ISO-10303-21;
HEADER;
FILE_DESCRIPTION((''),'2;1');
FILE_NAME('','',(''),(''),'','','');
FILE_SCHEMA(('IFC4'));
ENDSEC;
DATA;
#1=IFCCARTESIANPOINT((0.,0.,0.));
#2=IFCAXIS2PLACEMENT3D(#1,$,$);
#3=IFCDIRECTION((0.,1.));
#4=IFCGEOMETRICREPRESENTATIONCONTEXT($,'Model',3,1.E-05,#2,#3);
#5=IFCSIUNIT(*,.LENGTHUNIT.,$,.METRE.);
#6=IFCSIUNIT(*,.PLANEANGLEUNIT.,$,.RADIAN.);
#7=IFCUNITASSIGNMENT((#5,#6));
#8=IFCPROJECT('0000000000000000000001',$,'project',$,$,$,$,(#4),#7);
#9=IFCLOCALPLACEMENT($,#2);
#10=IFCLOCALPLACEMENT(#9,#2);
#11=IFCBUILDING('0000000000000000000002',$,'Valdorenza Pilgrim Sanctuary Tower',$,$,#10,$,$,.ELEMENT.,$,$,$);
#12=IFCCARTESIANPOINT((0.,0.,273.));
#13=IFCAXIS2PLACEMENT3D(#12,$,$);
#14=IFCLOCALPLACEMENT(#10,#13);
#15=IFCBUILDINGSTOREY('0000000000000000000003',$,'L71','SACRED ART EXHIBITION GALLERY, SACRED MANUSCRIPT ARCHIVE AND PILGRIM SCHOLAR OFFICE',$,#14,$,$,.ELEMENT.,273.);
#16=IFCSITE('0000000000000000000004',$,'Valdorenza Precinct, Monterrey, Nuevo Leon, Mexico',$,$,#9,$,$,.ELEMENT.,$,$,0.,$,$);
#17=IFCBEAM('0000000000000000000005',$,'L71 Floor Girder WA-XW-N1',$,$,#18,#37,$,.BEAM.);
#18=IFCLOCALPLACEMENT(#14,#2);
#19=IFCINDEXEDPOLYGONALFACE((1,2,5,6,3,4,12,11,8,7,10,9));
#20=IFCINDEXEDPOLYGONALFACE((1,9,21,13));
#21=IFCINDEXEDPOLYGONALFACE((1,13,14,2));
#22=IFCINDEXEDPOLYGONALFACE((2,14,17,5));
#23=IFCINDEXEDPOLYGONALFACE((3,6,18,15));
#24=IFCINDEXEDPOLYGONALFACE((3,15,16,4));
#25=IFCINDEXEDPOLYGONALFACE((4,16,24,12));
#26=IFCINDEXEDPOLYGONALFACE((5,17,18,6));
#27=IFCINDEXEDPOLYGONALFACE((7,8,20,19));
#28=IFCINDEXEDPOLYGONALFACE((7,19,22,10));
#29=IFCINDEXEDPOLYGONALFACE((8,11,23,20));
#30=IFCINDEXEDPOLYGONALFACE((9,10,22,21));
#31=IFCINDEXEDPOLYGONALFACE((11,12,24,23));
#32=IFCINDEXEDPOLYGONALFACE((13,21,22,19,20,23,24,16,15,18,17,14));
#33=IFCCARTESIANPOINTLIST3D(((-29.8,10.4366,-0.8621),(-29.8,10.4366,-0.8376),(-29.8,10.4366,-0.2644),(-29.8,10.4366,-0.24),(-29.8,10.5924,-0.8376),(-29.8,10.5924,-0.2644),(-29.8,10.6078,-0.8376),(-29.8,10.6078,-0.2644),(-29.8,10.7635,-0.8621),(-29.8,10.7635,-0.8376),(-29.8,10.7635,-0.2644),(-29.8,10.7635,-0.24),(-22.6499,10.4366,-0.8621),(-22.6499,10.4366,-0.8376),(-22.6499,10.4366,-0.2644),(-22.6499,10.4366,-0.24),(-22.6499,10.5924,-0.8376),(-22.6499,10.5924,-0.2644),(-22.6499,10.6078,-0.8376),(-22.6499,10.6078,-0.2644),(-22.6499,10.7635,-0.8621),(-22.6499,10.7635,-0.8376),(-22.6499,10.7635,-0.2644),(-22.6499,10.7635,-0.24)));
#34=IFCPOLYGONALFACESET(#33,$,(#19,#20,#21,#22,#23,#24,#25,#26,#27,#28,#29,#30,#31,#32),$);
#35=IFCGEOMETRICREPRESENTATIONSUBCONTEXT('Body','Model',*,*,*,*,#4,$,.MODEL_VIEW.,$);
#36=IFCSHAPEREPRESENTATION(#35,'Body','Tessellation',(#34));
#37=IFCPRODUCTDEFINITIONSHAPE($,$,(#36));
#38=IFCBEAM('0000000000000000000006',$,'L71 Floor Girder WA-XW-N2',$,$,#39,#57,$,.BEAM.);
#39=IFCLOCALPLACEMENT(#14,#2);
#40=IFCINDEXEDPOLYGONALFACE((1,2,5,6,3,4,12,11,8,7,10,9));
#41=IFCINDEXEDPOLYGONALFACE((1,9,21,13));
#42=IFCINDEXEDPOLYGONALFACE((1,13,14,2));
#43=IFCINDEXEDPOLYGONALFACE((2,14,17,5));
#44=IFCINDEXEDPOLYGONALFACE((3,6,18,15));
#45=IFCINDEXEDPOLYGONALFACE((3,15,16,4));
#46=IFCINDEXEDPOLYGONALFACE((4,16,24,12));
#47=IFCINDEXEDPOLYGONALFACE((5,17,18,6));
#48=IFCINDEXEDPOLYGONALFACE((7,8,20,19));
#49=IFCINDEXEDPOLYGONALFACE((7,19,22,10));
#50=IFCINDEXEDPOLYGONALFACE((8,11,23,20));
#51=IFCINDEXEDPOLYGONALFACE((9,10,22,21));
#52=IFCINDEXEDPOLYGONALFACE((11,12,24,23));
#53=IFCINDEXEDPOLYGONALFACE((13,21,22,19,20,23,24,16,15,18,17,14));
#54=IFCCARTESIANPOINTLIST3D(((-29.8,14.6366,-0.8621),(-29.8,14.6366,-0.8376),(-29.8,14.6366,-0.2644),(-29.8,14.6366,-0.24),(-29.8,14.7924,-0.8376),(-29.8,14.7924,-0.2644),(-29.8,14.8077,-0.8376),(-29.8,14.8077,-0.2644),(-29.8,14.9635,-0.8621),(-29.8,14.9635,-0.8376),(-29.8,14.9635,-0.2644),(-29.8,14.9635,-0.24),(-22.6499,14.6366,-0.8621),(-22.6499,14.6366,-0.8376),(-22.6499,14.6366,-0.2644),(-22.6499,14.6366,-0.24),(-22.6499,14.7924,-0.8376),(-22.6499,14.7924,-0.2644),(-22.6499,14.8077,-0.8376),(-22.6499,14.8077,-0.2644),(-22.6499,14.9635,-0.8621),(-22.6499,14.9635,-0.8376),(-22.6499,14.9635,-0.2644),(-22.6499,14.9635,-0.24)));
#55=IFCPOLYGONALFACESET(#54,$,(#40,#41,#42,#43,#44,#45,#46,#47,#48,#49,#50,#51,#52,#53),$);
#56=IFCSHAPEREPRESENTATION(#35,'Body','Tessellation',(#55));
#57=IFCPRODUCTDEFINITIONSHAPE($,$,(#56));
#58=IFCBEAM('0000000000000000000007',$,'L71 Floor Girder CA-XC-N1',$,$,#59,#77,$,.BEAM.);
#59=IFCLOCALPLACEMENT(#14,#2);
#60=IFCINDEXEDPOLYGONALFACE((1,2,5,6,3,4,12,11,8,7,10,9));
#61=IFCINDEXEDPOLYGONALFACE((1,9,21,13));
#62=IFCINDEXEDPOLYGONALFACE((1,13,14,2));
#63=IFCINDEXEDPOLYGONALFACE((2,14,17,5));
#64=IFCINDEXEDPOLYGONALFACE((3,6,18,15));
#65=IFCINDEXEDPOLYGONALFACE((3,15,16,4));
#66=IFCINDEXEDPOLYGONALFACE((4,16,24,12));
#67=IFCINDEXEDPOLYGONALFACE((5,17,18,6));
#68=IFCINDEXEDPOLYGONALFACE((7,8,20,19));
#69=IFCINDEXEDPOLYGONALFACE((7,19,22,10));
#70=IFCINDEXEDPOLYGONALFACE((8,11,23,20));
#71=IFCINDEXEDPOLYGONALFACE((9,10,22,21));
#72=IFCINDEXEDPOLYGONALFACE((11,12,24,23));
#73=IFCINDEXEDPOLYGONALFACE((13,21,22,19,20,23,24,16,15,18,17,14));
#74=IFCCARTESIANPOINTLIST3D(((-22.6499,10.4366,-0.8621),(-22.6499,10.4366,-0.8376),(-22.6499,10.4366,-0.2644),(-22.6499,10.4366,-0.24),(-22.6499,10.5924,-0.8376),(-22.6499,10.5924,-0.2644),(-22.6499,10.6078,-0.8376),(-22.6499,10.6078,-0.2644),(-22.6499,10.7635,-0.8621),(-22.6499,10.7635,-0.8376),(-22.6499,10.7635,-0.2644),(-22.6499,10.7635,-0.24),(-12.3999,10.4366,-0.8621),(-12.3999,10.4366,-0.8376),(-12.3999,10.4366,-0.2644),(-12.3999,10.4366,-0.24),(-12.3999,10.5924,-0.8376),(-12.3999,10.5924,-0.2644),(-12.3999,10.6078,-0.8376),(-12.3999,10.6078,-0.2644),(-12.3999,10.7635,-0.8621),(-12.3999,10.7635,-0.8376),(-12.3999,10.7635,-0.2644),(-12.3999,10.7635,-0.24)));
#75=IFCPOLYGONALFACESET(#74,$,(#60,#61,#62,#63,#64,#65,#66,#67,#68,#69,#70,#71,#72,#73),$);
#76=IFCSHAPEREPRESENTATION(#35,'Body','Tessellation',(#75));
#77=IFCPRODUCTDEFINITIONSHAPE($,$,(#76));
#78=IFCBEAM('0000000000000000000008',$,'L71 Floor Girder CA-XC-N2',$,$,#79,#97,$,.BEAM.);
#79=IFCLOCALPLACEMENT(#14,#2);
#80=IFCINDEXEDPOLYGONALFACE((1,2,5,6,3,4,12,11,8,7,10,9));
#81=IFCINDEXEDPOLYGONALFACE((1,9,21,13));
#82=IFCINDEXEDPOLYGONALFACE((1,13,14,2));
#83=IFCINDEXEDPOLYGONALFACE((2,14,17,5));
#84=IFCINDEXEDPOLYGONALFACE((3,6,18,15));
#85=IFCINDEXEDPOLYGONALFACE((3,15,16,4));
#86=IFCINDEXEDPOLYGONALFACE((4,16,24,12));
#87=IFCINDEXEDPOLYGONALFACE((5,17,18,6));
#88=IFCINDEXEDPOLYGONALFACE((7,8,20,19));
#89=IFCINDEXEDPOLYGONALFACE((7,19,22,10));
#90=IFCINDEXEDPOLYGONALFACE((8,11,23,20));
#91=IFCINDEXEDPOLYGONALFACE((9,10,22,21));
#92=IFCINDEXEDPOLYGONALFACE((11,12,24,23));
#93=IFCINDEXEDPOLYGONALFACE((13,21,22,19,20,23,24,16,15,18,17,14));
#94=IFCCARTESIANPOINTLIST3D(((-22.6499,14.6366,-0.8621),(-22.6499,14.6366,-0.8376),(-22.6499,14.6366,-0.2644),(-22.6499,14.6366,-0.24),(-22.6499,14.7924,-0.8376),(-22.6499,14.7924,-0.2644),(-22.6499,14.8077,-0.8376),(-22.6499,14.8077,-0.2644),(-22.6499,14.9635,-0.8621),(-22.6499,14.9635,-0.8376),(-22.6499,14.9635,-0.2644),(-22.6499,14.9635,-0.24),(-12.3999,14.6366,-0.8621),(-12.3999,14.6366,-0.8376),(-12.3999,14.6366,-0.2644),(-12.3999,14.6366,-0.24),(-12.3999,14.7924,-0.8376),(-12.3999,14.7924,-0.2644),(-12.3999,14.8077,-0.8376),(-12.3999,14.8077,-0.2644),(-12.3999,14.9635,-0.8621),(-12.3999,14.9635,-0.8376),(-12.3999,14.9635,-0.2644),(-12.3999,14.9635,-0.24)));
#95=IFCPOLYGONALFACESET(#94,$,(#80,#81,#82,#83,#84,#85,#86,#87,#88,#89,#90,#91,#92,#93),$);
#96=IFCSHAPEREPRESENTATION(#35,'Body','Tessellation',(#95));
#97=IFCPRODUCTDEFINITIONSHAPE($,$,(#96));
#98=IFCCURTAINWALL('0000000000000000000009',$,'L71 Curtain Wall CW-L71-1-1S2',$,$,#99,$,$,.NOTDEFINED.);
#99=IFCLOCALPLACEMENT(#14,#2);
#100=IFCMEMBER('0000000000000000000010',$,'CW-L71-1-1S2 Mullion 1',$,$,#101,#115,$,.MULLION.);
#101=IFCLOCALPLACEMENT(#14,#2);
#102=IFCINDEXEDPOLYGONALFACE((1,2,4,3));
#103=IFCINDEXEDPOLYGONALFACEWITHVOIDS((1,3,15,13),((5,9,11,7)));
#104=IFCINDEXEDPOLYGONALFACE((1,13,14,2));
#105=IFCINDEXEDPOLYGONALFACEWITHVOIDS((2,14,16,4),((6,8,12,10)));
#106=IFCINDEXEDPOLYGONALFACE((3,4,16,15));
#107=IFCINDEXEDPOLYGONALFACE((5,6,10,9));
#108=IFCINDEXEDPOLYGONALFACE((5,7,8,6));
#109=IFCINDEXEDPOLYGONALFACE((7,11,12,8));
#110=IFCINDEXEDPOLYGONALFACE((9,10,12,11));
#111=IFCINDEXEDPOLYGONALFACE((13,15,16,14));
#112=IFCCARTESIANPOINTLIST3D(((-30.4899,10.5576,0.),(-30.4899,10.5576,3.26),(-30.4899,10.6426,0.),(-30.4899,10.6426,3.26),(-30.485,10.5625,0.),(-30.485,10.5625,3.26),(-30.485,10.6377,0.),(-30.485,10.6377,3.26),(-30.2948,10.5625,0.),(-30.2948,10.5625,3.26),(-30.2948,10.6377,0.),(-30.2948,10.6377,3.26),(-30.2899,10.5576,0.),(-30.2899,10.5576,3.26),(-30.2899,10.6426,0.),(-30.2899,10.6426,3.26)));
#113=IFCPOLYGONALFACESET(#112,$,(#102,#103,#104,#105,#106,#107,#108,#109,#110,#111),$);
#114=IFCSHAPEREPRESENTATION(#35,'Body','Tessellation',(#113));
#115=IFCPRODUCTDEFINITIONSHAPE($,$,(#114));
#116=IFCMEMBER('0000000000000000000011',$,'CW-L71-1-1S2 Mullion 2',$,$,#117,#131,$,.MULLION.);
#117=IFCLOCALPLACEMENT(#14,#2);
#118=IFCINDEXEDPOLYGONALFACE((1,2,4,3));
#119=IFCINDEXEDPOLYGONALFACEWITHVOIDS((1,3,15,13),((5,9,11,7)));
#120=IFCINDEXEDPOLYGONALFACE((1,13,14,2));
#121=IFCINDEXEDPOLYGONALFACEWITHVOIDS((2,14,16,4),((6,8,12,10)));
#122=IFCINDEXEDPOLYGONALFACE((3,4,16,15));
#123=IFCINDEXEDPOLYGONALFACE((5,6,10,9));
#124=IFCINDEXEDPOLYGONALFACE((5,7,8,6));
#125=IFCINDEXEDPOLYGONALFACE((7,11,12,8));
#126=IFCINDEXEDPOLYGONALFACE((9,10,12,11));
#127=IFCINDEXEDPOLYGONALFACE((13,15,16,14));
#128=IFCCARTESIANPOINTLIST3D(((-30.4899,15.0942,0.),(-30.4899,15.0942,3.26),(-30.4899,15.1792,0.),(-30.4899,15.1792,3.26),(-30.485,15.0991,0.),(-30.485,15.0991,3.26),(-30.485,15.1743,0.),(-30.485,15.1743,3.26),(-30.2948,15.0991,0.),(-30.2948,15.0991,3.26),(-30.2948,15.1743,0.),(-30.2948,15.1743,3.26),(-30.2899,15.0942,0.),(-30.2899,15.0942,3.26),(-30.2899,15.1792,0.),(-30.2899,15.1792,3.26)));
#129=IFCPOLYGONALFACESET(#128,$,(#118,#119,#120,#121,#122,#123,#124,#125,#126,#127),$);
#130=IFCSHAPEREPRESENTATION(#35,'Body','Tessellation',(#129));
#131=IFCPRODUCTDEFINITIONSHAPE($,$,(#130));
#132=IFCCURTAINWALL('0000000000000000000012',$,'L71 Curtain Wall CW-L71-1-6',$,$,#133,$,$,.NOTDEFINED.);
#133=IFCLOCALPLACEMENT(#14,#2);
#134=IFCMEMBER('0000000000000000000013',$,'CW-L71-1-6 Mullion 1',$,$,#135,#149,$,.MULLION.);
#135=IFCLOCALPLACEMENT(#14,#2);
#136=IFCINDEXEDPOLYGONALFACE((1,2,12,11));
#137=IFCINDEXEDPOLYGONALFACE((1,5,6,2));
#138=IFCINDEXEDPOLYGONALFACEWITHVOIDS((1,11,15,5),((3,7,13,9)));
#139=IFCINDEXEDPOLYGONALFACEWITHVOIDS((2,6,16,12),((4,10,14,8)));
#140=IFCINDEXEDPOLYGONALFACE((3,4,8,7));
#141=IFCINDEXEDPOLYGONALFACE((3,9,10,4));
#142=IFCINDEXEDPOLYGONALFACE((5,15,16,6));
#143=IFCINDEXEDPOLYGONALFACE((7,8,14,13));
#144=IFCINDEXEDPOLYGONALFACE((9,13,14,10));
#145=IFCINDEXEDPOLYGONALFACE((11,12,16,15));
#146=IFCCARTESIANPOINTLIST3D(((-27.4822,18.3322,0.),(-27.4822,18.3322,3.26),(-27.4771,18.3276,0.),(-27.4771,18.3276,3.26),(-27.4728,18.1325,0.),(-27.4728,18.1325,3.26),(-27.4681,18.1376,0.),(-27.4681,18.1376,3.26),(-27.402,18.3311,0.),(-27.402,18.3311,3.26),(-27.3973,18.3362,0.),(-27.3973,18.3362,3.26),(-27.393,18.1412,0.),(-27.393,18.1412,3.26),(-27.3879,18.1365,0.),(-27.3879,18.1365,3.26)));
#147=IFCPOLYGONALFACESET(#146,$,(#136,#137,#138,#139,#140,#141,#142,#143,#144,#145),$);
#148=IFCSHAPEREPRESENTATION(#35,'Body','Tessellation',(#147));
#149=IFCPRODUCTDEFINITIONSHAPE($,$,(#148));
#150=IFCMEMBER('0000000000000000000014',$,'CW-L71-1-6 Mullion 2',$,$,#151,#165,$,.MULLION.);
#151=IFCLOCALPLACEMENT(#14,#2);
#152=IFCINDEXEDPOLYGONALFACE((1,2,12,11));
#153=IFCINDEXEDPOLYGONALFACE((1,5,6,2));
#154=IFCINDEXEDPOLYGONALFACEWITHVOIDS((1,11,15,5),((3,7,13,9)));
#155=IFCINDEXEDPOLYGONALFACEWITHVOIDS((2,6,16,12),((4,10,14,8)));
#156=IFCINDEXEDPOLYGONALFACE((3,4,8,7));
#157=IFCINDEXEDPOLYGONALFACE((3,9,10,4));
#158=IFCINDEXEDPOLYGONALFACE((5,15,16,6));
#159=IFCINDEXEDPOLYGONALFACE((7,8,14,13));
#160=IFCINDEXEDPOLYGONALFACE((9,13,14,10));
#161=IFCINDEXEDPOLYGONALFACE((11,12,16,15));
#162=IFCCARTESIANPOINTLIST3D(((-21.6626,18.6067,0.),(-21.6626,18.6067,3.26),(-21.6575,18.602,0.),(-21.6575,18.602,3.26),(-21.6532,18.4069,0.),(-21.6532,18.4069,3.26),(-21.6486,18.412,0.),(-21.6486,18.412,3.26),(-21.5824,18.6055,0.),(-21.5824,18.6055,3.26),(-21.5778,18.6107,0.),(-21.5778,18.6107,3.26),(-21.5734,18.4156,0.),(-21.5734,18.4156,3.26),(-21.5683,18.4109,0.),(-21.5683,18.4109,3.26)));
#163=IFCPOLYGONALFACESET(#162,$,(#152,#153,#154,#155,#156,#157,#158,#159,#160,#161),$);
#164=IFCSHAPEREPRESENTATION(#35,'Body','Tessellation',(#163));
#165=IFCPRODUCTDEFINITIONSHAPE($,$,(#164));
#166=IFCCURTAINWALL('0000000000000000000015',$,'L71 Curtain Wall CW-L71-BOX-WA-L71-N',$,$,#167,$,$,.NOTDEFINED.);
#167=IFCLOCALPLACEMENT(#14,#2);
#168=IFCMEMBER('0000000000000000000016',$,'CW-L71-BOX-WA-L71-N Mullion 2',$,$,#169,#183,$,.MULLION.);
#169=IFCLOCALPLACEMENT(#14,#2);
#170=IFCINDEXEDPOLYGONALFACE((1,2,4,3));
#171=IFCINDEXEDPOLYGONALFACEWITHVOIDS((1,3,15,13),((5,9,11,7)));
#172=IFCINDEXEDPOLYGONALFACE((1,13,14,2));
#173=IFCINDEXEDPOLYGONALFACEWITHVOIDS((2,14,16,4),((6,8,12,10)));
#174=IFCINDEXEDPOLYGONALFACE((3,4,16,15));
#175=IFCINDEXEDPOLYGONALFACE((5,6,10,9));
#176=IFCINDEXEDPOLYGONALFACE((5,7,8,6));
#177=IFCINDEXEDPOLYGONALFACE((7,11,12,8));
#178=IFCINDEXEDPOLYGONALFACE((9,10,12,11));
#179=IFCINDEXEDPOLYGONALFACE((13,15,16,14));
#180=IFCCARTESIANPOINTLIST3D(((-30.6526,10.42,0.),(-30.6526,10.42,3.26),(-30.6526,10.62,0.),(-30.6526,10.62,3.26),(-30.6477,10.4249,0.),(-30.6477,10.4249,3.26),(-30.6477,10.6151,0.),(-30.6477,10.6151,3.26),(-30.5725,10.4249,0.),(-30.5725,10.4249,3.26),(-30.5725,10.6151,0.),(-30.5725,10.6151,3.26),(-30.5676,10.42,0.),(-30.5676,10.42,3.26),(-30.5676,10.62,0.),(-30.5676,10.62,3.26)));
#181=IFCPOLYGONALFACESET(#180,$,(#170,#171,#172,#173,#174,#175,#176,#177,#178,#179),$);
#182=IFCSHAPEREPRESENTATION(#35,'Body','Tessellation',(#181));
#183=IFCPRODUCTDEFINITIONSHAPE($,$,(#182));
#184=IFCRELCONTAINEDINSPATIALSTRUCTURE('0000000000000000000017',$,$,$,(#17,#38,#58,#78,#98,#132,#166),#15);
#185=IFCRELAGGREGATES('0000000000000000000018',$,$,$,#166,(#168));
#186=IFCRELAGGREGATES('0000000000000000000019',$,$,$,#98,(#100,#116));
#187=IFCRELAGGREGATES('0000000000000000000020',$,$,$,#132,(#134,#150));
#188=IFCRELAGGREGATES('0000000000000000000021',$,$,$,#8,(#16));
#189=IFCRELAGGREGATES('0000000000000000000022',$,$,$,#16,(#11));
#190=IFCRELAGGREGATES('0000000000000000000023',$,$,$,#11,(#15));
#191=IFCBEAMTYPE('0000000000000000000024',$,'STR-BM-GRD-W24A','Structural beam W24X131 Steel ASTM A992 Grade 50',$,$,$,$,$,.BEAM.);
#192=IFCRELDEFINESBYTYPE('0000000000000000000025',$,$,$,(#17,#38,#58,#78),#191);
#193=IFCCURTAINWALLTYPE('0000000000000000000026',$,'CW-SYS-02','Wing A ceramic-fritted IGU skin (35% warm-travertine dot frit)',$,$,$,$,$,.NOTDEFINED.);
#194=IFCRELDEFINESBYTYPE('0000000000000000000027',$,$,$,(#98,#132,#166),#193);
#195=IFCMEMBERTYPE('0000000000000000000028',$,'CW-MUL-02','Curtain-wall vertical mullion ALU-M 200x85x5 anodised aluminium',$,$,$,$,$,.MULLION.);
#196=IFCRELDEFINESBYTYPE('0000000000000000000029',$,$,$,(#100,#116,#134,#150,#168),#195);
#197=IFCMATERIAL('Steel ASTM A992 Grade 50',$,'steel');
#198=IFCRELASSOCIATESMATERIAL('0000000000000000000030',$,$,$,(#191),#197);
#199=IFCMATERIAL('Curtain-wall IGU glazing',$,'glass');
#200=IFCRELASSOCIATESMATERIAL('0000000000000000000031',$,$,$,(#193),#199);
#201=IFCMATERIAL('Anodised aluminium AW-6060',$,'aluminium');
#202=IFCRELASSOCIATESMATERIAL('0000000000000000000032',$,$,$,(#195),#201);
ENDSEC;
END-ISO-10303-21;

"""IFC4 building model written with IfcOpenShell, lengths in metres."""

from ifc_helpers import new_model, si_unit, direction, frame, origin, origin_2d, place, context, subcontext, project, spatial, hollow_rectangle, i_section, extrude, source, transform, mapped, material, material_profile, profile_set, type_object, element, aggregate, save


model = new_model("IFC4")

# Units and contexts
model_context = context("Model", 3, precision=1e-05, world=origin(), true_north=direction((0.0, 1.0)))
body_context = subcontext(model_context, "Body", "Model", "MODEL_VIEW")
ifc_project = project(units=[si_unit("LENGTHUNIT", "METRE"), si_unit("PLANEANGLEUNIT", "RADIAN")], contexts=[model_context])

# Site, building, storey
site_placement = place(None, origin())
site = spatial("IfcSite", under=ifc_project, at=site_placement, Name="Valdorenza Precinct, Monterrey, Nuevo Leon, Mexico", CompositionType="ELEMENT", RefElevation=0.0)
building_placement = place(site_placement, origin())
building = spatial("IfcBuilding", under=site, at=building_placement, Name="Valdorenza Pilgrim Sanctuary Tower", CompositionType="ELEMENT")
storey_placement = place(building_placement, frame((0.0, 0.0, 273.0)))
storey = spatial("IfcBuildingStorey", under=building, at=storey_placement, Name="L71", Description="SACRED ART EXHIBITION GALLERY, SACRED MANUSCRIPT ARCHIVE AND PILGRIM SCHOLAR OFFICE", CompositionType="ELEMENT", Elevation=273.0)

# Beams
ifc_material_1 = material(Name="Steel ASTM A992 Grade 50", Category="steel")
ifc_material_profile_1 = material_profile(ifc_material_1, i_section(OverallWidth=0.3269, OverallDepth=0.6221, WebThickness=0.0154, FlangeThickness=0.0244, at=origin_2d()), Name="W24X131")
ifc_profile_set_1 = profile_set([ifc_material_profile_1], Name="Steel ASTM A992 Grade 50")
beam_type_1 = type_object("IfcBeamType", Name="STR-BM-GRD-W24A", Description="Structural beam W24X131 Steel ASTM A992 Grade 50", PredefinedType="BEAM", material=ifc_profile_set_1)
shared_shape_1 = source(origin(), body_context, "Body", "SweptSolid", [
    extrude(i_section(OverallWidth=0.3269, OverallDepth=0.6221, WebThickness=0.0154, FlangeThickness=0.0244, at=origin_2d()), origin(), (0.0, 0.0, 1.0), 7.1501),
])
for number, where, z_axis, x_axis, name in (
    (1, (-29.8, 10.6001, -0.551), (1.0, 0.0, 0.0), (0.0, 1.0, 0.0), "L71 Floor Girder WA-XW-N1"),
    (2, (-29.8, 14.8, -0.551), (1.0, 0.0, 0.0), (0.0, 1.0, 0.0), "L71 Floor Girder WA-XW-N2"),
):
    element("IfcBeam", number, at=place(storey_placement, frame(where, z_axis=z_axis, x_axis=x_axis)), inside=storey, type_object=beam_type_1, Name=name, PredefinedType="BEAM", context=body_context, shape_type="MappedRepresentation", body=[
        mapped(shared_shape_1, transform((0.0, 0.0, 0.0), x_axis=(1.0, 0.0, 0.0), y_axis=(0.0, 1.0, 0.0), z_axis=(0.0, 0.0, 1.0), scale=1.0)),
    ])
shared_shape_2 = source(origin(), body_context, "Body", "SweptSolid", [
    extrude(i_section(OverallWidth=0.3269, OverallDepth=0.6221, WebThickness=0.0154, FlangeThickness=0.0244, at=origin_2d()), origin(), (0.0, 0.0, 1.0), 10.25),
])
for number, where, z_axis, x_axis, name in (
    (3, (-22.6499, 10.6001, -0.551), (1.0, 0.0, 0.0), (0.0, 1.0, 0.0), "L71 Floor Girder CA-XC-N1"),
    (4, (-22.6499, 14.8, -0.551), (1.0, 0.0, 0.0), (0.0, 1.0, 0.0), "L71 Floor Girder CA-XC-N2"),
):
    element("IfcBeam", number, at=place(storey_placement, frame(where, z_axis=z_axis, x_axis=x_axis)), inside=storey, type_object=beam_type_1, Name=name, PredefinedType="BEAM", context=body_context, shape_type="MappedRepresentation", body=[
        mapped(shared_shape_2, transform((0.0, 0.0, 0.0), x_axis=(1.0, 0.0, 0.0), y_axis=(0.0, 1.0, 0.0), z_axis=(0.0, 0.0, 1.0), scale=1.0)),
    ])

# Curtain walls, members
ifc_material_2 = material(Name="Curtain-wall IGU glazing", Category="glass")
curtain_wall_type = type_object("IfcCurtainWallType", Name="CW-SYS-02", Description="Wing A ceramic-fritted IGU skin (35% warm-travertine dot frit)", PredefinedType="NOTDEFINED", material=ifc_material_2)
curtain_wall_1_placement = place(storey_placement, origin())
curtain_wall_1 = element("IfcCurtainWall", 5, at=curtain_wall_1_placement, inside=storey, type_object=curtain_wall_type, Name="L71 Curtain Wall CW-L71-1-1S2", PredefinedType="NOTDEFINED")
ifc_material_3 = material(Name="Anodised aluminium AW-6060", Category="aluminium")
ifc_material_profile_2 = material_profile(ifc_material_3, hollow_rectangle(XDim=0.085, YDim=0.2, WallThickness=0.0049, at=origin_2d()), Name="ALU-M 200x85x5")
ifc_profile_set_2 = profile_set([ifc_material_profile_2], Name="Anodised aluminium AW-6060")
member_type_1 = type_object("IfcMemberType", Name="CW-MUL-02", Description="Curtain-wall vertical mullion ALU-M 200x85x5 anodised aluminium", PredefinedType="MULLION", material=ifc_profile_set_2)
shared_shape_3 = source(origin(), body_context, "Body", "SweptSolid", [
    extrude(hollow_rectangle(XDim=0.085, YDim=0.2, WallThickness=0.0049, at=origin_2d()), origin(), (0.0, 0.0, 1.0), 3.26),
])
member_1_placement = place(storey_placement, frame((-30.3899, 10.6001, 0.0), z_axis=(0.0, 0.0, 1.0), x_axis=(0.0, 1.0, 0.0)))
member_1 = element("IfcMember", 6, at=member_1_placement, type_object=member_type_1, Name="CW-L71-1-1S2 Mullion 1", PredefinedType="MULLION", context=body_context, shape_type="MappedRepresentation", body=[
    mapped(shared_shape_3, transform((0.0, 0.0, 0.0), x_axis=(1.0, 0.0, 0.0), y_axis=(0.0, 1.0, 0.0), z_axis=(0.0, 0.0, 1.0), scale=1.0)),
])
member_2_placement = place(storey_placement, frame((-30.3899, 15.1367, 0.0), z_axis=(0.0, 0.0, 1.0), x_axis=(0.0, 1.0, 0.0)))
member_2 = element("IfcMember", 7, at=member_2_placement, type_object=member_type_1, Name="CW-L71-1-1S2 Mullion 2", PredefinedType="MULLION", context=body_context, shape_type="MappedRepresentation", body=[
    mapped(shared_shape_3, transform((0.0, 0.0, 0.0), x_axis=(1.0, 0.0, 0.0), y_axis=(0.0, 1.0, 0.0), z_axis=(0.0, 0.0, 1.0), scale=1.0)),
])
curtain_wall_2_placement = place(storey_placement, origin())
curtain_wall_2 = element("IfcCurtainWall", 8, at=curtain_wall_2_placement, inside=storey, type_object=curtain_wall_type, Name="L71 Curtain Wall CW-L71-1-6", PredefinedType="NOTDEFINED")
member_3_placement = place(storey_placement, frame((-27.4351, 18.2344, 0.0), z_axis=(0.0, 0.0, 1.0), x_axis=(0.998891, 0.047089, 0.0)))
member_3 = element("IfcMember", 9, at=member_3_placement, type_object=member_type_1, Name="CW-L71-1-6 Mullion 1", PredefinedType="MULLION", context=body_context, shape_type="MappedRepresentation", body=[
    mapped(shared_shape_3, transform((0.0, 0.0, 0.0), x_axis=(1.0, 0.0, 0.0), y_axis=(0.0, 1.0, 0.0), z_axis=(0.0, 0.0, 1.0), scale=1.0)),
])
member_4_placement = place(storey_placement, frame((-21.6155, 18.5088, 0.0), z_axis=(0.0, 0.0, 1.0), x_axis=(0.998891, 0.047089, 0.0)))
member_4 = element("IfcMember", 10, at=member_4_placement, type_object=member_type_1, Name="CW-L71-1-6 Mullion 2", PredefinedType="MULLION", context=body_context, shape_type="MappedRepresentation", body=[
    mapped(shared_shape_3, transform((0.0, 0.0, 0.0), x_axis=(1.0, 0.0, 0.0), y_axis=(0.0, 1.0, 0.0), z_axis=(0.0, 0.0, 1.0), scale=1.0)),
])

# Curtain wall, member
curtain_wall_3_placement = place(storey_placement, origin())
curtain_wall_3 = element("IfcCurtainWall", 11, at=curtain_wall_3_placement, inside=storey, type_object=curtain_wall_type, Name="L71 Curtain Wall CW-L71-BOX-WA-L71-N", PredefinedType="NOTDEFINED")
member_5_placement = place(storey_placement, frame((-30.6101, 10.52, 0.0), z_axis=(0.0, 0.0, 1.0), x_axis=(1.0, 0.0, 0.0)))
member_5 = element("IfcMember", 12, at=member_5_placement, type_object=member_type_1, Name="CW-L71-BOX-WA-L71-N Mullion 2", PredefinedType="MULLION", context=body_context, shape_type="MappedRepresentation", body=[
    mapped(shared_shape_3, transform((0.0, 0.0, 0.0), x_axis=(1.0, 0.0, 0.0), y_axis=(0.0, 1.0, 0.0), z_axis=(0.0, 0.0, 1.0), scale=1.0)),
])
aggregate(curtain_wall_3, [member_5])

aggregate(curtain_wall_1, [member_1, member_2])
aggregate(curtain_wall_2, [member_3, member_4])

save(model, "model.ifc")
